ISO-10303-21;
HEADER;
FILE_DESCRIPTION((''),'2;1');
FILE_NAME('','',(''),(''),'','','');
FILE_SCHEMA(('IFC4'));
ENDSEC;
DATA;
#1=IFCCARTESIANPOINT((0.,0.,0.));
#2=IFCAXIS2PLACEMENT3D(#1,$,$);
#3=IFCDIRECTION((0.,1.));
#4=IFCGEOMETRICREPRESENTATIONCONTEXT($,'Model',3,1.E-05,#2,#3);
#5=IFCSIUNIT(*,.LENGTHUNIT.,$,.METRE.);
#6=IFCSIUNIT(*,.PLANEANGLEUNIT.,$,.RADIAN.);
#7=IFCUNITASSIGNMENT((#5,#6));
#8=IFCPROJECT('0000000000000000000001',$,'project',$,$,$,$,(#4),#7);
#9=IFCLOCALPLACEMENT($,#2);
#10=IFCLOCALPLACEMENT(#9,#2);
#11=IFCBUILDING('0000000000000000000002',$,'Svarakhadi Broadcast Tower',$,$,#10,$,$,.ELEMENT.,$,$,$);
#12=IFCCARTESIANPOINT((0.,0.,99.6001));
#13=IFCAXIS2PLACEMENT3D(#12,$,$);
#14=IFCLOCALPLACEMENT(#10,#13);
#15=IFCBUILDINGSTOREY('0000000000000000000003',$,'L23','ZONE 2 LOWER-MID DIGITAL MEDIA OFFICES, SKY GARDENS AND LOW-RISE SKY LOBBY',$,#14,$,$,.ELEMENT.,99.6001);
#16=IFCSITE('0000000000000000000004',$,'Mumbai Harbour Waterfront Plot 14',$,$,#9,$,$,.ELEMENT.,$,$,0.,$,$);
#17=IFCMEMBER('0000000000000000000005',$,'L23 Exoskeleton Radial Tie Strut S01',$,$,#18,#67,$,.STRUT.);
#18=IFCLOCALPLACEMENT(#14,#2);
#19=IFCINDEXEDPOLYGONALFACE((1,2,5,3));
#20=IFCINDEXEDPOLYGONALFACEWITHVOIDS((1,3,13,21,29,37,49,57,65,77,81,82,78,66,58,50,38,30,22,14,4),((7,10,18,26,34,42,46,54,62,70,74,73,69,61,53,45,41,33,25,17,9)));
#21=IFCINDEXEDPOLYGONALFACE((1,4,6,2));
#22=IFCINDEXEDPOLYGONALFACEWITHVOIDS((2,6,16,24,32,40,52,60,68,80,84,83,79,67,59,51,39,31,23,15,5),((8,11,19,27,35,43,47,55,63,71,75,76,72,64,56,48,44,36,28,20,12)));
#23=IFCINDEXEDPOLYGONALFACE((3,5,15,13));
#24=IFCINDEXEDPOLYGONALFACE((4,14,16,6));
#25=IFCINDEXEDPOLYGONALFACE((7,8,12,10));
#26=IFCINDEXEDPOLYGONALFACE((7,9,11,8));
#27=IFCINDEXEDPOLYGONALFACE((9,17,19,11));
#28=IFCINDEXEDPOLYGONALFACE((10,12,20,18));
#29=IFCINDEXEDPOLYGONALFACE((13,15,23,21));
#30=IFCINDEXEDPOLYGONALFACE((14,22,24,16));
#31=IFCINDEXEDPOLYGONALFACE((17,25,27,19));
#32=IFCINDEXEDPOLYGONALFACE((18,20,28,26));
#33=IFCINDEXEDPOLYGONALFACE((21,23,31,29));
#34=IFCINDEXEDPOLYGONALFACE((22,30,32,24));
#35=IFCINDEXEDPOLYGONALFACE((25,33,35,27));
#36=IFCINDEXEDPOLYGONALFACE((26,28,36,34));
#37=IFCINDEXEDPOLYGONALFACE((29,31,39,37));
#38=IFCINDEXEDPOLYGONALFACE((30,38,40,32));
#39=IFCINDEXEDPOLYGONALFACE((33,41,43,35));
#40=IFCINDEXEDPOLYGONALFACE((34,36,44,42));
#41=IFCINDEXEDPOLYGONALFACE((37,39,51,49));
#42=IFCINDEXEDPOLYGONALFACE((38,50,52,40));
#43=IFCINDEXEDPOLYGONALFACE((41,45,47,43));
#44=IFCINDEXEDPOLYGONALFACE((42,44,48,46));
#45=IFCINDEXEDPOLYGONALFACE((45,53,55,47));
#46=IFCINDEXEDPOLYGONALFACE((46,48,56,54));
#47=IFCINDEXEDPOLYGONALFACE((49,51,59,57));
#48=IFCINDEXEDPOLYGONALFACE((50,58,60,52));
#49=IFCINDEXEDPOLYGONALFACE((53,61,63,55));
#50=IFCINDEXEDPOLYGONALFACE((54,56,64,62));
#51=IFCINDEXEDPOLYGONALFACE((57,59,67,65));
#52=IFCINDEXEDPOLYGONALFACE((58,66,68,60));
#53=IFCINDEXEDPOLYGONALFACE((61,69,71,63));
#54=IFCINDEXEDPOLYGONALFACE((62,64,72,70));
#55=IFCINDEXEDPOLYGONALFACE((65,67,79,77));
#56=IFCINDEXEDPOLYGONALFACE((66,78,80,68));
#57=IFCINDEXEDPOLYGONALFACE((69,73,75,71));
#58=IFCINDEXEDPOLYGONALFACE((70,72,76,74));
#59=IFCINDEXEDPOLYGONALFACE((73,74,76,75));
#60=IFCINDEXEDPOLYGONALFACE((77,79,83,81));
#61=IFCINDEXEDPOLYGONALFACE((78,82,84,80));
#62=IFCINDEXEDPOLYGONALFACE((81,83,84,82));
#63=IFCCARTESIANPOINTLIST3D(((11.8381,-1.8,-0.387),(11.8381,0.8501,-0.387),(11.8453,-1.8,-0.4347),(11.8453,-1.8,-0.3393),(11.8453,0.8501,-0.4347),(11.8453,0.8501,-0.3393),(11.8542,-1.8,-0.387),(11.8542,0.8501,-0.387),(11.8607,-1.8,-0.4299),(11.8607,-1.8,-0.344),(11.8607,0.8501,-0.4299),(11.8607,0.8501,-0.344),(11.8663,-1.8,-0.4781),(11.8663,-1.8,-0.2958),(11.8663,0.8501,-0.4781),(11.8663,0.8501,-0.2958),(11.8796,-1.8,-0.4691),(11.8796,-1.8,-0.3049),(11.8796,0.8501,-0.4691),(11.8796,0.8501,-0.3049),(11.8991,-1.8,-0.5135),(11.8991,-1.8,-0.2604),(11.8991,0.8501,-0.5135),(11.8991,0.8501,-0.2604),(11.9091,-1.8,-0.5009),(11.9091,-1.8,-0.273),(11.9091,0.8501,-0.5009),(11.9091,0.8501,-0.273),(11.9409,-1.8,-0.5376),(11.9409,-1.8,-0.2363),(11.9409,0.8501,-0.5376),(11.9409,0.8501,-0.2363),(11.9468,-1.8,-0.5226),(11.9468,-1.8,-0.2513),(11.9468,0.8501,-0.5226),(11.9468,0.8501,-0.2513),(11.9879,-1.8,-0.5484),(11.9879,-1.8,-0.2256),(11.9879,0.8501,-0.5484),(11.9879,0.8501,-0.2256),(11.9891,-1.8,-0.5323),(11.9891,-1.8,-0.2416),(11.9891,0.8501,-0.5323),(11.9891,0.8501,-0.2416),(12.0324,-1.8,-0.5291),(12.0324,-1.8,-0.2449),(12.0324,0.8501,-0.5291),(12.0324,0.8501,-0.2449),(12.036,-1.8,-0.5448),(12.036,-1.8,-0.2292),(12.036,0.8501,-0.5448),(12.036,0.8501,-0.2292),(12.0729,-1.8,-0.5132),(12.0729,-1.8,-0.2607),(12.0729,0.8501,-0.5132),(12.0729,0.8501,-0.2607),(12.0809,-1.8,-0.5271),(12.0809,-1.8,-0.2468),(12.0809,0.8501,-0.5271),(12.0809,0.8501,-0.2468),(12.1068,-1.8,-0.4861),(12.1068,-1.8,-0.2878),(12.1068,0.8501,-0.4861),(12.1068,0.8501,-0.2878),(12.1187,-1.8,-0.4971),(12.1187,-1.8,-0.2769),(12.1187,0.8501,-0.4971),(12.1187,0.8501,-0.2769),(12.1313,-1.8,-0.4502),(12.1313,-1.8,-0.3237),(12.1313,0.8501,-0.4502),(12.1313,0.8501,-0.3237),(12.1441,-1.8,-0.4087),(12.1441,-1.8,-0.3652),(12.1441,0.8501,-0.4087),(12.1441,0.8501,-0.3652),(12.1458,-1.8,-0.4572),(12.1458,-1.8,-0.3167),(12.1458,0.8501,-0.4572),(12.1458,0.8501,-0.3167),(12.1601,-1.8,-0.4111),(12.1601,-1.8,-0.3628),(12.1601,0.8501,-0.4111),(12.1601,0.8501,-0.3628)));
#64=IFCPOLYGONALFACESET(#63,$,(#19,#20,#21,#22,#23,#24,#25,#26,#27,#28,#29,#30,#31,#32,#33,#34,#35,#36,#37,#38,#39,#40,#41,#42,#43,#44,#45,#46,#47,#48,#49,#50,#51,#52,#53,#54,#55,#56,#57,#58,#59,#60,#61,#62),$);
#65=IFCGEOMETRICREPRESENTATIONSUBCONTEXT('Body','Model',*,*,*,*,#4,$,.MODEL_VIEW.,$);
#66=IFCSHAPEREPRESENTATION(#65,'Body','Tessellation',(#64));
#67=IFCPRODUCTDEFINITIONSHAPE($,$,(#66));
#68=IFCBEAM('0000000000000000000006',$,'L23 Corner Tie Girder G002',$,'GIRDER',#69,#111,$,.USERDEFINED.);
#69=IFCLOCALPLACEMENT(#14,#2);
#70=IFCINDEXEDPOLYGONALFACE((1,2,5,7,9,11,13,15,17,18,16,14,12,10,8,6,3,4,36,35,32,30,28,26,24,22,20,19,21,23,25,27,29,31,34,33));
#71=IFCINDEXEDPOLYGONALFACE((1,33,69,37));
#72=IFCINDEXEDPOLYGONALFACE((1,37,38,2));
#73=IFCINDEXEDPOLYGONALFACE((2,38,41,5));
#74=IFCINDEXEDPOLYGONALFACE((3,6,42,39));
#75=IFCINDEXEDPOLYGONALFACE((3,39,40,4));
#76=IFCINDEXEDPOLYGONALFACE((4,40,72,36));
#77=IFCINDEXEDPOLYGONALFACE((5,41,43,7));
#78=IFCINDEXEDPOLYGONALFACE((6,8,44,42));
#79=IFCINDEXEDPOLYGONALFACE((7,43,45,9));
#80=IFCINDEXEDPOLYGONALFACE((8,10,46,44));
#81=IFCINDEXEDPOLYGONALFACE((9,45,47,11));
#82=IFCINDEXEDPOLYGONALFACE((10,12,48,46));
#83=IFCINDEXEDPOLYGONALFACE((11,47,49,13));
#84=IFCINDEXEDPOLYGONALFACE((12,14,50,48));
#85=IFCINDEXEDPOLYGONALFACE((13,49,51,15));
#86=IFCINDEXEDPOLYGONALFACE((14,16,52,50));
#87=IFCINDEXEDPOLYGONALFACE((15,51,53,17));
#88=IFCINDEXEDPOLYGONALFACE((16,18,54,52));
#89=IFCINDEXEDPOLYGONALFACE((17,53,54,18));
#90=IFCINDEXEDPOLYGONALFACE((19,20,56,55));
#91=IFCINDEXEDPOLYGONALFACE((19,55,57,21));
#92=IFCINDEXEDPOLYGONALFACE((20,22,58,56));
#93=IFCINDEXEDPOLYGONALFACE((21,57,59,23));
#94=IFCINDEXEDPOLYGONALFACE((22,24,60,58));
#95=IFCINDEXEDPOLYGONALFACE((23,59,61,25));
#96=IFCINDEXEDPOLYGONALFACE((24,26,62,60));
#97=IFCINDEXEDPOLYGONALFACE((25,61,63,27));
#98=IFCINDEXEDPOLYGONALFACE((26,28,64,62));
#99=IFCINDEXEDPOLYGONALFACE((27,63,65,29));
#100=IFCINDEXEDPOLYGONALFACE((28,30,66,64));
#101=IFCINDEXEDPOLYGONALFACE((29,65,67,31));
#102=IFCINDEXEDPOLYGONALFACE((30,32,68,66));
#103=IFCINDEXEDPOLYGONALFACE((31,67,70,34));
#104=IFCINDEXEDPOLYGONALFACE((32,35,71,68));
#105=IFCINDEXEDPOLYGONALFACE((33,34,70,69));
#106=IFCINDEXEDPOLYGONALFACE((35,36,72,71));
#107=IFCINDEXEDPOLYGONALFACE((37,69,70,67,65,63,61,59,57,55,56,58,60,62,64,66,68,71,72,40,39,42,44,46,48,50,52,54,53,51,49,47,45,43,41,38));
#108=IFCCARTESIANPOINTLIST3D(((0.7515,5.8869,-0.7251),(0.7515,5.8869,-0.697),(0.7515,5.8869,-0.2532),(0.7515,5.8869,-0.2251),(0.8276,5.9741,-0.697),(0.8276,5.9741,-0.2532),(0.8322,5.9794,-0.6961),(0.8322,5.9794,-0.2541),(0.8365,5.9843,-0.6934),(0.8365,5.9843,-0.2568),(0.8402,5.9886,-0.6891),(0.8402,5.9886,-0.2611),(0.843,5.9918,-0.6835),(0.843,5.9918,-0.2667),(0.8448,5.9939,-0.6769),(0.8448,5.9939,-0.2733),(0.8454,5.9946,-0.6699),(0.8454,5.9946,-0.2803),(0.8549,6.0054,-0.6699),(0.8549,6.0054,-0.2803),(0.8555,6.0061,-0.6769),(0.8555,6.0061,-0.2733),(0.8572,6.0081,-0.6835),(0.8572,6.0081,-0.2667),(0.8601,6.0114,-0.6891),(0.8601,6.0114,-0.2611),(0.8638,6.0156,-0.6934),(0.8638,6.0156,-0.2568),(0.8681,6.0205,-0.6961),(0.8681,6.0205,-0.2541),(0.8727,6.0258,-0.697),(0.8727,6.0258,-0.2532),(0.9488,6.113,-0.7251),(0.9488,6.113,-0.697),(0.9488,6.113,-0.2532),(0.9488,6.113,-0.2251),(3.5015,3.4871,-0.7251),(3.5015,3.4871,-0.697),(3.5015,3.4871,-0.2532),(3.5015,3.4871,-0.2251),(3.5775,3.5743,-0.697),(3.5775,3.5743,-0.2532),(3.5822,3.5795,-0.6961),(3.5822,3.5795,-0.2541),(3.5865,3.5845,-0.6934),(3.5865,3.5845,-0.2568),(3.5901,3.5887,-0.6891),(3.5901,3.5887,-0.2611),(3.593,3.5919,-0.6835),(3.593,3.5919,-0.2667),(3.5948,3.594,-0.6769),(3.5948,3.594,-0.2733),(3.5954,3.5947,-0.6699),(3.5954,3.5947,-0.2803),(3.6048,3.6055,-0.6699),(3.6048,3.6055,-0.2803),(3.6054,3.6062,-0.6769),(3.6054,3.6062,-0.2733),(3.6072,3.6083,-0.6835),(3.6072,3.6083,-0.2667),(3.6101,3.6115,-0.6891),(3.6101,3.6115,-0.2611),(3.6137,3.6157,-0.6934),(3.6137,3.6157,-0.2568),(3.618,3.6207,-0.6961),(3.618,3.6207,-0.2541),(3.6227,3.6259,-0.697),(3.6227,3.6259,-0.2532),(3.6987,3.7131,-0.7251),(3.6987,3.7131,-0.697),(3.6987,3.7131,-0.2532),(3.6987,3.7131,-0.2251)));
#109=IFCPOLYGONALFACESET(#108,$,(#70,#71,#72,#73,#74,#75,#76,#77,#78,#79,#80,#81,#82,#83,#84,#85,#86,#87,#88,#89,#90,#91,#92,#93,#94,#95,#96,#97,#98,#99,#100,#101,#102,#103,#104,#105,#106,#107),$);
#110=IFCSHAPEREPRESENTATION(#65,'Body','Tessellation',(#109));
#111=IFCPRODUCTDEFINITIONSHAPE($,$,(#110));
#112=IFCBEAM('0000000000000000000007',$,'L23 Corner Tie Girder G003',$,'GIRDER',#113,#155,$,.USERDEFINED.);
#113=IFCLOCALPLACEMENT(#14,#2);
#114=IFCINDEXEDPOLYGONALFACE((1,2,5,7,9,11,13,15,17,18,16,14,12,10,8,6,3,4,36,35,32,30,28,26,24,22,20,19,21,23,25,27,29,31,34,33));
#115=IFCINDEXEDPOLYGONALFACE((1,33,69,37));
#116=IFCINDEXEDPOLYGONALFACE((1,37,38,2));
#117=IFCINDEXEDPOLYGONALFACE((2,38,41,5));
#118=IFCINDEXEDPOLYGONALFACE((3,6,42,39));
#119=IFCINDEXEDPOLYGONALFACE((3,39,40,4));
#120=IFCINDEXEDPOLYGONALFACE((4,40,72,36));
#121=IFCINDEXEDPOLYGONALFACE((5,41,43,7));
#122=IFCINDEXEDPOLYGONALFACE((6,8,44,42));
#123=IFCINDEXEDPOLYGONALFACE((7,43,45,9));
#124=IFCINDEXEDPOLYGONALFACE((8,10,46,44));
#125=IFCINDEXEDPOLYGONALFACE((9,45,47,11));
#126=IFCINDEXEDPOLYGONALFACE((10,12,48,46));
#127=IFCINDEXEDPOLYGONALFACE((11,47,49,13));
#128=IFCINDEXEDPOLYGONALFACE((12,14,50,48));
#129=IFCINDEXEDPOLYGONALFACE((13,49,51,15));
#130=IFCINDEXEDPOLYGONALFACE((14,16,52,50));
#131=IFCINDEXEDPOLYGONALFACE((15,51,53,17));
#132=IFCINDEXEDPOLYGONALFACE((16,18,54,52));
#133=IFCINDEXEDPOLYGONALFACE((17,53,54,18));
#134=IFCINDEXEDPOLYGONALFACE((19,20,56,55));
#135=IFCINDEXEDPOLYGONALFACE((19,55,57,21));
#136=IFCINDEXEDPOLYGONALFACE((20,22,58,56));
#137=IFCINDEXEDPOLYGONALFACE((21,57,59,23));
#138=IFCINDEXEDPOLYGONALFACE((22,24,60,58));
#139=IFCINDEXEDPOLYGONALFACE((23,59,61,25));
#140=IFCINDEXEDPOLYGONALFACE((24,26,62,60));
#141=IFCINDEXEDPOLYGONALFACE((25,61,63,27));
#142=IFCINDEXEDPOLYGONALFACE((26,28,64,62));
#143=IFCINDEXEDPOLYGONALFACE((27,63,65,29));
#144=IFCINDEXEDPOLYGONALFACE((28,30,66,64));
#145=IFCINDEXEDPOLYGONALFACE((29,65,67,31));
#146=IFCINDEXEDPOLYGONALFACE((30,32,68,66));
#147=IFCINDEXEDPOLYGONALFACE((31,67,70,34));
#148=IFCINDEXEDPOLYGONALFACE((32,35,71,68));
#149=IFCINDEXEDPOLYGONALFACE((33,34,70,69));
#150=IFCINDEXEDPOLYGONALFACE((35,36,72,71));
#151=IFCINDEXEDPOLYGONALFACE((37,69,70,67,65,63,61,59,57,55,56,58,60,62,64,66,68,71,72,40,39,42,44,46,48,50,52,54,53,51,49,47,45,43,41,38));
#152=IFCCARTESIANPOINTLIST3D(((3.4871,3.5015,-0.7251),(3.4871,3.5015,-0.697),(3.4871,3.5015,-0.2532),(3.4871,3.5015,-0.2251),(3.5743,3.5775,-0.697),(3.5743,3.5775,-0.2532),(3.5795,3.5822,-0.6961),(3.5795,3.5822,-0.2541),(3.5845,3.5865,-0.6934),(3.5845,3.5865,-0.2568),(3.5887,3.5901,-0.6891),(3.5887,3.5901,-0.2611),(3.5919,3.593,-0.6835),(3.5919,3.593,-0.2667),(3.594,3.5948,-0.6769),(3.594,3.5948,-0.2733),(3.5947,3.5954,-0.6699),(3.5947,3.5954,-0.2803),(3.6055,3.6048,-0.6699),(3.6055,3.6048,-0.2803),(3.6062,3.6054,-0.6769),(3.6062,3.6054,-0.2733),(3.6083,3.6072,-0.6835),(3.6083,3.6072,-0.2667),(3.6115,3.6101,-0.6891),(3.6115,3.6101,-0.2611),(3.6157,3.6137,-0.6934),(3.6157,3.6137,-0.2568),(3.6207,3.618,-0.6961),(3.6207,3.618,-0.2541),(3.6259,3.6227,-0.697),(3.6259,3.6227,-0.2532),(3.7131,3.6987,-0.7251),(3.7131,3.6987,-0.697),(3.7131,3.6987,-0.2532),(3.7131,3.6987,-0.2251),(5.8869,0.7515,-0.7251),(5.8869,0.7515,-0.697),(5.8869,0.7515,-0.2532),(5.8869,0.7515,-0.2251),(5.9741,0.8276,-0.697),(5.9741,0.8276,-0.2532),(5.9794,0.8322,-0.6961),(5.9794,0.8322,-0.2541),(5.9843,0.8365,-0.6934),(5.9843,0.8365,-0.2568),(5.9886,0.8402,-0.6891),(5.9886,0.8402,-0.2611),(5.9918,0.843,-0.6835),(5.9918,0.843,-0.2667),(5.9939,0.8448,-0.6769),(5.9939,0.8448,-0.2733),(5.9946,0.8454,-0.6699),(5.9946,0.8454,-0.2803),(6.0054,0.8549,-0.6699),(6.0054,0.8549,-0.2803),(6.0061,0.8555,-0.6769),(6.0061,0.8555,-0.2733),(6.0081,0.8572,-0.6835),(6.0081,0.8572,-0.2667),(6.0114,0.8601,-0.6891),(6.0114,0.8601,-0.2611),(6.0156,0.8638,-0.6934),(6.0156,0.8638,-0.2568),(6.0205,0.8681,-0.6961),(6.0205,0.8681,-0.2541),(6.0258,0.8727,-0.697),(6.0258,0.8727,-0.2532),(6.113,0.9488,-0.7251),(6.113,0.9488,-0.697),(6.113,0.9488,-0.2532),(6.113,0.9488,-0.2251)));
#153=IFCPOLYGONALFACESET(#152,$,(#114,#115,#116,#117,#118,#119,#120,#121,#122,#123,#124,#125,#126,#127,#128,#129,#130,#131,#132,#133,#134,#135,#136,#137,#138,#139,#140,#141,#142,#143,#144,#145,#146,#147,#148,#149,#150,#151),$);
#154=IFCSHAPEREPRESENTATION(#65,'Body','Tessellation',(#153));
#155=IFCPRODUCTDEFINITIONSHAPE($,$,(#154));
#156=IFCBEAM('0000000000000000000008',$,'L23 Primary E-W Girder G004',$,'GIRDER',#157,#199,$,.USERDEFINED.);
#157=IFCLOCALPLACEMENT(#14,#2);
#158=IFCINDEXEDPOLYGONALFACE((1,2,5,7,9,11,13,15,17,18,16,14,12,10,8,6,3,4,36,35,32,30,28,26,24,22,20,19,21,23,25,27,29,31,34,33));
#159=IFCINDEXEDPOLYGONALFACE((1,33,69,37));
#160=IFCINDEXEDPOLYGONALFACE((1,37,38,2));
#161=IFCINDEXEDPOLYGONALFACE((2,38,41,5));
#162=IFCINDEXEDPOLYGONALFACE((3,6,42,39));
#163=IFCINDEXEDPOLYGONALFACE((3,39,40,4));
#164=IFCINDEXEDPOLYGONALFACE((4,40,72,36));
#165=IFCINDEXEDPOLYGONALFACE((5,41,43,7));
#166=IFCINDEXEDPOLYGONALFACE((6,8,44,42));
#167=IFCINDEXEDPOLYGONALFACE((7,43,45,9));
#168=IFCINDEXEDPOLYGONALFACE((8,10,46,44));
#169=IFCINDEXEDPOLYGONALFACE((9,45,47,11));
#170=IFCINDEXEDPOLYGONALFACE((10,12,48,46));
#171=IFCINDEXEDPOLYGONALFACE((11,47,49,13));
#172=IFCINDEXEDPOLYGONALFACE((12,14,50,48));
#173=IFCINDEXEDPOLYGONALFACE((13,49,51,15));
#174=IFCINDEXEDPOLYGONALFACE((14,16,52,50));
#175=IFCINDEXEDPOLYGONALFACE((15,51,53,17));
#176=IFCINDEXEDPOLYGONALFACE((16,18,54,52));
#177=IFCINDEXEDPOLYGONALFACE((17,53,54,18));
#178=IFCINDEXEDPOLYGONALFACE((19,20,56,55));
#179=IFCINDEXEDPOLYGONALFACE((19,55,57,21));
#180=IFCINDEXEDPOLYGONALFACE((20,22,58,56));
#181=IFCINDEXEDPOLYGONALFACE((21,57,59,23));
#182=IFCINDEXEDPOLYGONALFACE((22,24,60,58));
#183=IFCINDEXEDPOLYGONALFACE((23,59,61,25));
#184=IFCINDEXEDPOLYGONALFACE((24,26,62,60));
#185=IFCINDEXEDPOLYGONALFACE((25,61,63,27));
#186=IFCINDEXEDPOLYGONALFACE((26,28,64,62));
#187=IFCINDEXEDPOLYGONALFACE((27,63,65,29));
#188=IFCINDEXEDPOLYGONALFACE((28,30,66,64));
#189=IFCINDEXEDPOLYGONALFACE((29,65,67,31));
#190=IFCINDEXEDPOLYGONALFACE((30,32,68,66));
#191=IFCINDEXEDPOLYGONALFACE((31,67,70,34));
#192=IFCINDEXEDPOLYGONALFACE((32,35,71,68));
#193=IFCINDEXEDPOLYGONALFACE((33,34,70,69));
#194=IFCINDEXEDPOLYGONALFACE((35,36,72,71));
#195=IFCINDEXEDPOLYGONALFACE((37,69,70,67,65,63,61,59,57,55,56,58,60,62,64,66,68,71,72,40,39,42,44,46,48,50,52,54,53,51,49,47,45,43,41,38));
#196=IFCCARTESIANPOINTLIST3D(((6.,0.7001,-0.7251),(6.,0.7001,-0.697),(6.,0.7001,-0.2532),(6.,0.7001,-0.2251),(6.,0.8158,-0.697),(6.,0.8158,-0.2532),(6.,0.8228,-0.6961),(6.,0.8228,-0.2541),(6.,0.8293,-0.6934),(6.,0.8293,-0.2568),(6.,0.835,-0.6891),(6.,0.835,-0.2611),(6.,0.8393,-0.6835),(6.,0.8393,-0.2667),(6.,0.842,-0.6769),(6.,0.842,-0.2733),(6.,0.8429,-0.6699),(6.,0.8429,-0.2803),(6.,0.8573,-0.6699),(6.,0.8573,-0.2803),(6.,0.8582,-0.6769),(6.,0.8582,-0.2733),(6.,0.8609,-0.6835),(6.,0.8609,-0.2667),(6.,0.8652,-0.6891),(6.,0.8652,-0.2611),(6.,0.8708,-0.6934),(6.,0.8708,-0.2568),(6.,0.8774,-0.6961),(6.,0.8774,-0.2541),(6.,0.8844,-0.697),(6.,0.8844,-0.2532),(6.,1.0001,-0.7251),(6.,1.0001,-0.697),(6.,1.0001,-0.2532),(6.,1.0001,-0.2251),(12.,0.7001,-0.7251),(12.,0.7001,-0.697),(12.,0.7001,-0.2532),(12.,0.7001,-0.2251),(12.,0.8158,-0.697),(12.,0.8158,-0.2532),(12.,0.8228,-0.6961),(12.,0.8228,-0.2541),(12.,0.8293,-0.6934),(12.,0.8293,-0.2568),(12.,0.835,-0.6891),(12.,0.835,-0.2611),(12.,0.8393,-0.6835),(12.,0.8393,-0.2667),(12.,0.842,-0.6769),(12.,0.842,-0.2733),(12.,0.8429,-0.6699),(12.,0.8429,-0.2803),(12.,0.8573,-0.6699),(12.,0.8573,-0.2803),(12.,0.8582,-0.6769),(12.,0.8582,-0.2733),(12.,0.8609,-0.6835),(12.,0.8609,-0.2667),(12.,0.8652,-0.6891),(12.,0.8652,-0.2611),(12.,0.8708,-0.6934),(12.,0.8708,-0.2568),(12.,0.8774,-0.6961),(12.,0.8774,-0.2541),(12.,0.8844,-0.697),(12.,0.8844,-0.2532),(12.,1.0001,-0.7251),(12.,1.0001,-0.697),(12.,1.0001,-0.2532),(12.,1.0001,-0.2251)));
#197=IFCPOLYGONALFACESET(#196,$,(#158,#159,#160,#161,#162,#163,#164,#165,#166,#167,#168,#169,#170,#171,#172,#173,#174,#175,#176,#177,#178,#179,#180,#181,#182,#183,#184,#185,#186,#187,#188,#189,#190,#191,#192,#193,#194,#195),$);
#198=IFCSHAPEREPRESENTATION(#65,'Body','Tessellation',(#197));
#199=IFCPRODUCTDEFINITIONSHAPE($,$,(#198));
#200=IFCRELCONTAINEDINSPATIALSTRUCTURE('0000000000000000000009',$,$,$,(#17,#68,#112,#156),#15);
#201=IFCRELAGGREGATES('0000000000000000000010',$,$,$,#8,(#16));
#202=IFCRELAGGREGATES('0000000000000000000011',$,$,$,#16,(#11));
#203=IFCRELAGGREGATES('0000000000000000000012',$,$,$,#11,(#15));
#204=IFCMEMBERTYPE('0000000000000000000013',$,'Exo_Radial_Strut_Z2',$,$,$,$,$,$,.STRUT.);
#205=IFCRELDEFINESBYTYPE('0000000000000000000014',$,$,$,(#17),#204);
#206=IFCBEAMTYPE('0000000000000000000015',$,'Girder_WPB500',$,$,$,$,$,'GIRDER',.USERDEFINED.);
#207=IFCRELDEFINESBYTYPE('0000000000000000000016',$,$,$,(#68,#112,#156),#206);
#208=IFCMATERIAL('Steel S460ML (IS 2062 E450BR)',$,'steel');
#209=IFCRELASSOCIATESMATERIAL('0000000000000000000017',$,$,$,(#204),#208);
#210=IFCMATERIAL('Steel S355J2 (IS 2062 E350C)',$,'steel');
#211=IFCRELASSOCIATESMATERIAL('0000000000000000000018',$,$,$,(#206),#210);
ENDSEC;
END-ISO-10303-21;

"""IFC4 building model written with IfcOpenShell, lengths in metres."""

from ifc_helpers import new_model, si_unit, direction, frame, origin, origin_2d, place, context, subcontext, project, spatial, hollow_circle, i_section, extrude, material, material_profile, profile_set, type_object, element, save


model = new_model("IFC4")

# Units and contexts
model_context = context("Model", 3, precision=1e-05, world=origin(), true_north=direction((0.0, 1.0)))
body_context = subcontext(model_context, "Body", "Model", "MODEL_VIEW")
ifc_project = project(units=[si_unit("LENGTHUNIT", "METRE"), si_unit("PLANEANGLEUNIT", "RADIAN")], contexts=[model_context])

# Site, building, storey
site_placement = place(None, origin())
site = spatial("IfcSite", under=ifc_project, at=site_placement, Name="Mumbai Harbour Waterfront Plot 14", CompositionType="ELEMENT", RefElevation=0.0)
building_placement = place(site_placement, origin())
building = spatial("IfcBuilding", under=site, at=building_placement, Name="Svarakhadi Broadcast Tower", CompositionType="ELEMENT")
storey_placement = place(building_placement, frame((0.0, 0.0, 99.6001)))
storey = spatial("IfcBuildingStorey", under=building, at=storey_placement, Name="L23", Description="ZONE 2 LOWER-MID DIGITAL MEDIA OFFICES, SKY GARDENS AND LOW-RISE SKY LOBBY", CompositionType="ELEMENT", Elevation=99.6001)

# Shared definitions
ifc_material_1 = material(Name="Steel S460ML (IS 2062 E450BR)", Category="steel")

# Shared definitions
ifc_material_2 = material(Name="Steel S355J2 (IS 2062 E350C)", Category="steel")

# Member
ifc_material_profile_1 = material_profile(ifc_material_1, hollow_circle(Radius=0.1619, WallThickness=0.0161, at=origin_2d()), Name="CHS 323.9x16")
ifc_profile_set_1 = profile_set([ifc_material_profile_1], Name="Steel S460ML (IS 2062 E450BR)")
member_type_1 = type_object("IfcMemberType", Name="Exo_Radial_Strut_Z2", PredefinedType="STRUT", material=ifc_profile_set_1)
member_1_placement = place(storey_placement, frame((12.0, -1.8, -0.387), z_axis=(0.0, 1.0, 0.0), x_axis=(-1.0, 0.0, 0.0)))
element("IfcMember", 1, at=member_1_placement, inside=storey, type_object=member_type_1, Name="L23 Exoskeleton Radial Tie Strut S01", PredefinedType="STRUT", context=body_context, shape_type="SweptSolid", body=[
    extrude(hollow_circle(Radius=0.1619, WallThickness=0.0161, at=origin_2d()), origin(), (0.0, 0.0, 1.0), 2.6501),
])

# Beams
ifc_material_profile_2 = material_profile(ifc_material_2, i_section(OverallWidth=0.3, OverallDepth=0.5, WebThickness=0.0144, FlangeThickness=0.0281, FilletRadius=0.0271, at=origin_2d()), Name="WPB 500x300x187")
ifc_profile_set_2 = profile_set([ifc_material_profile_2], Name="Steel S355J2 (IS 2062 E350C)")
beam_type_1 = type_object("IfcBeamType", Name="Girder_WPB500", ElementType="GIRDER", PredefinedType="USERDEFINED", material=ifc_profile_set_2)
for number, where, z_axis, x_axis, name in (
    (2, (3.6001, 3.6001, -0.4751), (-0.753438, 0.657519, 0.0), (-0.657519, -0.753438, 0.0), "L23 Corner Tie Girder G002"),
    (3, (3.6001, 3.6001, -0.4751), (0.657519, -0.753438, 0.0), (0.753438, 0.657519, 0.0), "L23 Corner Tie Girder G003"),
):
    element("IfcBeam", number, at=place(storey_placement, frame(where, z_axis=z_axis, x_axis=x_axis)), inside=storey, type_object=beam_type_1, Name=name, ObjectType="GIRDER", PredefinedType="USERDEFINED", context=body_context, shape_type="SweptSolid", body=[
        extrude(i_section(OverallWidth=0.3, OverallDepth=0.5, WebThickness=0.0144, FlangeThickness=0.0281, FilletRadius=0.0271, at=origin_2d()), origin(), (0.0, 0.0, 1.0), 3.6499),
    ])
for number, where, z_axis, x_axis, name in (
    (4, (6.0, 0.8501, -0.4751), (1.0, 0.0, 0.0), (0.0, 1.0, 0.0), "L23 Primary E-W Girder G004"),
):
    element("IfcBeam", number, at=place(storey_placement, frame(where, z_axis=z_axis, x_axis=x_axis)), inside=storey, type_object=beam_type_1, Name=name, ObjectType="GIRDER", PredefinedType="USERDEFINED", context=body_context, shape_type="SweptSolid", body=[
        extrude(i_section(OverallWidth=0.3, OverallDepth=0.5, WebThickness=0.0144, FlangeThickness=0.0281, FilletRadius=0.0271, at=origin_2d()), origin(), (0.0, 0.0, 1.0), 6.0),
    ])

save(model, "model.ifc")
